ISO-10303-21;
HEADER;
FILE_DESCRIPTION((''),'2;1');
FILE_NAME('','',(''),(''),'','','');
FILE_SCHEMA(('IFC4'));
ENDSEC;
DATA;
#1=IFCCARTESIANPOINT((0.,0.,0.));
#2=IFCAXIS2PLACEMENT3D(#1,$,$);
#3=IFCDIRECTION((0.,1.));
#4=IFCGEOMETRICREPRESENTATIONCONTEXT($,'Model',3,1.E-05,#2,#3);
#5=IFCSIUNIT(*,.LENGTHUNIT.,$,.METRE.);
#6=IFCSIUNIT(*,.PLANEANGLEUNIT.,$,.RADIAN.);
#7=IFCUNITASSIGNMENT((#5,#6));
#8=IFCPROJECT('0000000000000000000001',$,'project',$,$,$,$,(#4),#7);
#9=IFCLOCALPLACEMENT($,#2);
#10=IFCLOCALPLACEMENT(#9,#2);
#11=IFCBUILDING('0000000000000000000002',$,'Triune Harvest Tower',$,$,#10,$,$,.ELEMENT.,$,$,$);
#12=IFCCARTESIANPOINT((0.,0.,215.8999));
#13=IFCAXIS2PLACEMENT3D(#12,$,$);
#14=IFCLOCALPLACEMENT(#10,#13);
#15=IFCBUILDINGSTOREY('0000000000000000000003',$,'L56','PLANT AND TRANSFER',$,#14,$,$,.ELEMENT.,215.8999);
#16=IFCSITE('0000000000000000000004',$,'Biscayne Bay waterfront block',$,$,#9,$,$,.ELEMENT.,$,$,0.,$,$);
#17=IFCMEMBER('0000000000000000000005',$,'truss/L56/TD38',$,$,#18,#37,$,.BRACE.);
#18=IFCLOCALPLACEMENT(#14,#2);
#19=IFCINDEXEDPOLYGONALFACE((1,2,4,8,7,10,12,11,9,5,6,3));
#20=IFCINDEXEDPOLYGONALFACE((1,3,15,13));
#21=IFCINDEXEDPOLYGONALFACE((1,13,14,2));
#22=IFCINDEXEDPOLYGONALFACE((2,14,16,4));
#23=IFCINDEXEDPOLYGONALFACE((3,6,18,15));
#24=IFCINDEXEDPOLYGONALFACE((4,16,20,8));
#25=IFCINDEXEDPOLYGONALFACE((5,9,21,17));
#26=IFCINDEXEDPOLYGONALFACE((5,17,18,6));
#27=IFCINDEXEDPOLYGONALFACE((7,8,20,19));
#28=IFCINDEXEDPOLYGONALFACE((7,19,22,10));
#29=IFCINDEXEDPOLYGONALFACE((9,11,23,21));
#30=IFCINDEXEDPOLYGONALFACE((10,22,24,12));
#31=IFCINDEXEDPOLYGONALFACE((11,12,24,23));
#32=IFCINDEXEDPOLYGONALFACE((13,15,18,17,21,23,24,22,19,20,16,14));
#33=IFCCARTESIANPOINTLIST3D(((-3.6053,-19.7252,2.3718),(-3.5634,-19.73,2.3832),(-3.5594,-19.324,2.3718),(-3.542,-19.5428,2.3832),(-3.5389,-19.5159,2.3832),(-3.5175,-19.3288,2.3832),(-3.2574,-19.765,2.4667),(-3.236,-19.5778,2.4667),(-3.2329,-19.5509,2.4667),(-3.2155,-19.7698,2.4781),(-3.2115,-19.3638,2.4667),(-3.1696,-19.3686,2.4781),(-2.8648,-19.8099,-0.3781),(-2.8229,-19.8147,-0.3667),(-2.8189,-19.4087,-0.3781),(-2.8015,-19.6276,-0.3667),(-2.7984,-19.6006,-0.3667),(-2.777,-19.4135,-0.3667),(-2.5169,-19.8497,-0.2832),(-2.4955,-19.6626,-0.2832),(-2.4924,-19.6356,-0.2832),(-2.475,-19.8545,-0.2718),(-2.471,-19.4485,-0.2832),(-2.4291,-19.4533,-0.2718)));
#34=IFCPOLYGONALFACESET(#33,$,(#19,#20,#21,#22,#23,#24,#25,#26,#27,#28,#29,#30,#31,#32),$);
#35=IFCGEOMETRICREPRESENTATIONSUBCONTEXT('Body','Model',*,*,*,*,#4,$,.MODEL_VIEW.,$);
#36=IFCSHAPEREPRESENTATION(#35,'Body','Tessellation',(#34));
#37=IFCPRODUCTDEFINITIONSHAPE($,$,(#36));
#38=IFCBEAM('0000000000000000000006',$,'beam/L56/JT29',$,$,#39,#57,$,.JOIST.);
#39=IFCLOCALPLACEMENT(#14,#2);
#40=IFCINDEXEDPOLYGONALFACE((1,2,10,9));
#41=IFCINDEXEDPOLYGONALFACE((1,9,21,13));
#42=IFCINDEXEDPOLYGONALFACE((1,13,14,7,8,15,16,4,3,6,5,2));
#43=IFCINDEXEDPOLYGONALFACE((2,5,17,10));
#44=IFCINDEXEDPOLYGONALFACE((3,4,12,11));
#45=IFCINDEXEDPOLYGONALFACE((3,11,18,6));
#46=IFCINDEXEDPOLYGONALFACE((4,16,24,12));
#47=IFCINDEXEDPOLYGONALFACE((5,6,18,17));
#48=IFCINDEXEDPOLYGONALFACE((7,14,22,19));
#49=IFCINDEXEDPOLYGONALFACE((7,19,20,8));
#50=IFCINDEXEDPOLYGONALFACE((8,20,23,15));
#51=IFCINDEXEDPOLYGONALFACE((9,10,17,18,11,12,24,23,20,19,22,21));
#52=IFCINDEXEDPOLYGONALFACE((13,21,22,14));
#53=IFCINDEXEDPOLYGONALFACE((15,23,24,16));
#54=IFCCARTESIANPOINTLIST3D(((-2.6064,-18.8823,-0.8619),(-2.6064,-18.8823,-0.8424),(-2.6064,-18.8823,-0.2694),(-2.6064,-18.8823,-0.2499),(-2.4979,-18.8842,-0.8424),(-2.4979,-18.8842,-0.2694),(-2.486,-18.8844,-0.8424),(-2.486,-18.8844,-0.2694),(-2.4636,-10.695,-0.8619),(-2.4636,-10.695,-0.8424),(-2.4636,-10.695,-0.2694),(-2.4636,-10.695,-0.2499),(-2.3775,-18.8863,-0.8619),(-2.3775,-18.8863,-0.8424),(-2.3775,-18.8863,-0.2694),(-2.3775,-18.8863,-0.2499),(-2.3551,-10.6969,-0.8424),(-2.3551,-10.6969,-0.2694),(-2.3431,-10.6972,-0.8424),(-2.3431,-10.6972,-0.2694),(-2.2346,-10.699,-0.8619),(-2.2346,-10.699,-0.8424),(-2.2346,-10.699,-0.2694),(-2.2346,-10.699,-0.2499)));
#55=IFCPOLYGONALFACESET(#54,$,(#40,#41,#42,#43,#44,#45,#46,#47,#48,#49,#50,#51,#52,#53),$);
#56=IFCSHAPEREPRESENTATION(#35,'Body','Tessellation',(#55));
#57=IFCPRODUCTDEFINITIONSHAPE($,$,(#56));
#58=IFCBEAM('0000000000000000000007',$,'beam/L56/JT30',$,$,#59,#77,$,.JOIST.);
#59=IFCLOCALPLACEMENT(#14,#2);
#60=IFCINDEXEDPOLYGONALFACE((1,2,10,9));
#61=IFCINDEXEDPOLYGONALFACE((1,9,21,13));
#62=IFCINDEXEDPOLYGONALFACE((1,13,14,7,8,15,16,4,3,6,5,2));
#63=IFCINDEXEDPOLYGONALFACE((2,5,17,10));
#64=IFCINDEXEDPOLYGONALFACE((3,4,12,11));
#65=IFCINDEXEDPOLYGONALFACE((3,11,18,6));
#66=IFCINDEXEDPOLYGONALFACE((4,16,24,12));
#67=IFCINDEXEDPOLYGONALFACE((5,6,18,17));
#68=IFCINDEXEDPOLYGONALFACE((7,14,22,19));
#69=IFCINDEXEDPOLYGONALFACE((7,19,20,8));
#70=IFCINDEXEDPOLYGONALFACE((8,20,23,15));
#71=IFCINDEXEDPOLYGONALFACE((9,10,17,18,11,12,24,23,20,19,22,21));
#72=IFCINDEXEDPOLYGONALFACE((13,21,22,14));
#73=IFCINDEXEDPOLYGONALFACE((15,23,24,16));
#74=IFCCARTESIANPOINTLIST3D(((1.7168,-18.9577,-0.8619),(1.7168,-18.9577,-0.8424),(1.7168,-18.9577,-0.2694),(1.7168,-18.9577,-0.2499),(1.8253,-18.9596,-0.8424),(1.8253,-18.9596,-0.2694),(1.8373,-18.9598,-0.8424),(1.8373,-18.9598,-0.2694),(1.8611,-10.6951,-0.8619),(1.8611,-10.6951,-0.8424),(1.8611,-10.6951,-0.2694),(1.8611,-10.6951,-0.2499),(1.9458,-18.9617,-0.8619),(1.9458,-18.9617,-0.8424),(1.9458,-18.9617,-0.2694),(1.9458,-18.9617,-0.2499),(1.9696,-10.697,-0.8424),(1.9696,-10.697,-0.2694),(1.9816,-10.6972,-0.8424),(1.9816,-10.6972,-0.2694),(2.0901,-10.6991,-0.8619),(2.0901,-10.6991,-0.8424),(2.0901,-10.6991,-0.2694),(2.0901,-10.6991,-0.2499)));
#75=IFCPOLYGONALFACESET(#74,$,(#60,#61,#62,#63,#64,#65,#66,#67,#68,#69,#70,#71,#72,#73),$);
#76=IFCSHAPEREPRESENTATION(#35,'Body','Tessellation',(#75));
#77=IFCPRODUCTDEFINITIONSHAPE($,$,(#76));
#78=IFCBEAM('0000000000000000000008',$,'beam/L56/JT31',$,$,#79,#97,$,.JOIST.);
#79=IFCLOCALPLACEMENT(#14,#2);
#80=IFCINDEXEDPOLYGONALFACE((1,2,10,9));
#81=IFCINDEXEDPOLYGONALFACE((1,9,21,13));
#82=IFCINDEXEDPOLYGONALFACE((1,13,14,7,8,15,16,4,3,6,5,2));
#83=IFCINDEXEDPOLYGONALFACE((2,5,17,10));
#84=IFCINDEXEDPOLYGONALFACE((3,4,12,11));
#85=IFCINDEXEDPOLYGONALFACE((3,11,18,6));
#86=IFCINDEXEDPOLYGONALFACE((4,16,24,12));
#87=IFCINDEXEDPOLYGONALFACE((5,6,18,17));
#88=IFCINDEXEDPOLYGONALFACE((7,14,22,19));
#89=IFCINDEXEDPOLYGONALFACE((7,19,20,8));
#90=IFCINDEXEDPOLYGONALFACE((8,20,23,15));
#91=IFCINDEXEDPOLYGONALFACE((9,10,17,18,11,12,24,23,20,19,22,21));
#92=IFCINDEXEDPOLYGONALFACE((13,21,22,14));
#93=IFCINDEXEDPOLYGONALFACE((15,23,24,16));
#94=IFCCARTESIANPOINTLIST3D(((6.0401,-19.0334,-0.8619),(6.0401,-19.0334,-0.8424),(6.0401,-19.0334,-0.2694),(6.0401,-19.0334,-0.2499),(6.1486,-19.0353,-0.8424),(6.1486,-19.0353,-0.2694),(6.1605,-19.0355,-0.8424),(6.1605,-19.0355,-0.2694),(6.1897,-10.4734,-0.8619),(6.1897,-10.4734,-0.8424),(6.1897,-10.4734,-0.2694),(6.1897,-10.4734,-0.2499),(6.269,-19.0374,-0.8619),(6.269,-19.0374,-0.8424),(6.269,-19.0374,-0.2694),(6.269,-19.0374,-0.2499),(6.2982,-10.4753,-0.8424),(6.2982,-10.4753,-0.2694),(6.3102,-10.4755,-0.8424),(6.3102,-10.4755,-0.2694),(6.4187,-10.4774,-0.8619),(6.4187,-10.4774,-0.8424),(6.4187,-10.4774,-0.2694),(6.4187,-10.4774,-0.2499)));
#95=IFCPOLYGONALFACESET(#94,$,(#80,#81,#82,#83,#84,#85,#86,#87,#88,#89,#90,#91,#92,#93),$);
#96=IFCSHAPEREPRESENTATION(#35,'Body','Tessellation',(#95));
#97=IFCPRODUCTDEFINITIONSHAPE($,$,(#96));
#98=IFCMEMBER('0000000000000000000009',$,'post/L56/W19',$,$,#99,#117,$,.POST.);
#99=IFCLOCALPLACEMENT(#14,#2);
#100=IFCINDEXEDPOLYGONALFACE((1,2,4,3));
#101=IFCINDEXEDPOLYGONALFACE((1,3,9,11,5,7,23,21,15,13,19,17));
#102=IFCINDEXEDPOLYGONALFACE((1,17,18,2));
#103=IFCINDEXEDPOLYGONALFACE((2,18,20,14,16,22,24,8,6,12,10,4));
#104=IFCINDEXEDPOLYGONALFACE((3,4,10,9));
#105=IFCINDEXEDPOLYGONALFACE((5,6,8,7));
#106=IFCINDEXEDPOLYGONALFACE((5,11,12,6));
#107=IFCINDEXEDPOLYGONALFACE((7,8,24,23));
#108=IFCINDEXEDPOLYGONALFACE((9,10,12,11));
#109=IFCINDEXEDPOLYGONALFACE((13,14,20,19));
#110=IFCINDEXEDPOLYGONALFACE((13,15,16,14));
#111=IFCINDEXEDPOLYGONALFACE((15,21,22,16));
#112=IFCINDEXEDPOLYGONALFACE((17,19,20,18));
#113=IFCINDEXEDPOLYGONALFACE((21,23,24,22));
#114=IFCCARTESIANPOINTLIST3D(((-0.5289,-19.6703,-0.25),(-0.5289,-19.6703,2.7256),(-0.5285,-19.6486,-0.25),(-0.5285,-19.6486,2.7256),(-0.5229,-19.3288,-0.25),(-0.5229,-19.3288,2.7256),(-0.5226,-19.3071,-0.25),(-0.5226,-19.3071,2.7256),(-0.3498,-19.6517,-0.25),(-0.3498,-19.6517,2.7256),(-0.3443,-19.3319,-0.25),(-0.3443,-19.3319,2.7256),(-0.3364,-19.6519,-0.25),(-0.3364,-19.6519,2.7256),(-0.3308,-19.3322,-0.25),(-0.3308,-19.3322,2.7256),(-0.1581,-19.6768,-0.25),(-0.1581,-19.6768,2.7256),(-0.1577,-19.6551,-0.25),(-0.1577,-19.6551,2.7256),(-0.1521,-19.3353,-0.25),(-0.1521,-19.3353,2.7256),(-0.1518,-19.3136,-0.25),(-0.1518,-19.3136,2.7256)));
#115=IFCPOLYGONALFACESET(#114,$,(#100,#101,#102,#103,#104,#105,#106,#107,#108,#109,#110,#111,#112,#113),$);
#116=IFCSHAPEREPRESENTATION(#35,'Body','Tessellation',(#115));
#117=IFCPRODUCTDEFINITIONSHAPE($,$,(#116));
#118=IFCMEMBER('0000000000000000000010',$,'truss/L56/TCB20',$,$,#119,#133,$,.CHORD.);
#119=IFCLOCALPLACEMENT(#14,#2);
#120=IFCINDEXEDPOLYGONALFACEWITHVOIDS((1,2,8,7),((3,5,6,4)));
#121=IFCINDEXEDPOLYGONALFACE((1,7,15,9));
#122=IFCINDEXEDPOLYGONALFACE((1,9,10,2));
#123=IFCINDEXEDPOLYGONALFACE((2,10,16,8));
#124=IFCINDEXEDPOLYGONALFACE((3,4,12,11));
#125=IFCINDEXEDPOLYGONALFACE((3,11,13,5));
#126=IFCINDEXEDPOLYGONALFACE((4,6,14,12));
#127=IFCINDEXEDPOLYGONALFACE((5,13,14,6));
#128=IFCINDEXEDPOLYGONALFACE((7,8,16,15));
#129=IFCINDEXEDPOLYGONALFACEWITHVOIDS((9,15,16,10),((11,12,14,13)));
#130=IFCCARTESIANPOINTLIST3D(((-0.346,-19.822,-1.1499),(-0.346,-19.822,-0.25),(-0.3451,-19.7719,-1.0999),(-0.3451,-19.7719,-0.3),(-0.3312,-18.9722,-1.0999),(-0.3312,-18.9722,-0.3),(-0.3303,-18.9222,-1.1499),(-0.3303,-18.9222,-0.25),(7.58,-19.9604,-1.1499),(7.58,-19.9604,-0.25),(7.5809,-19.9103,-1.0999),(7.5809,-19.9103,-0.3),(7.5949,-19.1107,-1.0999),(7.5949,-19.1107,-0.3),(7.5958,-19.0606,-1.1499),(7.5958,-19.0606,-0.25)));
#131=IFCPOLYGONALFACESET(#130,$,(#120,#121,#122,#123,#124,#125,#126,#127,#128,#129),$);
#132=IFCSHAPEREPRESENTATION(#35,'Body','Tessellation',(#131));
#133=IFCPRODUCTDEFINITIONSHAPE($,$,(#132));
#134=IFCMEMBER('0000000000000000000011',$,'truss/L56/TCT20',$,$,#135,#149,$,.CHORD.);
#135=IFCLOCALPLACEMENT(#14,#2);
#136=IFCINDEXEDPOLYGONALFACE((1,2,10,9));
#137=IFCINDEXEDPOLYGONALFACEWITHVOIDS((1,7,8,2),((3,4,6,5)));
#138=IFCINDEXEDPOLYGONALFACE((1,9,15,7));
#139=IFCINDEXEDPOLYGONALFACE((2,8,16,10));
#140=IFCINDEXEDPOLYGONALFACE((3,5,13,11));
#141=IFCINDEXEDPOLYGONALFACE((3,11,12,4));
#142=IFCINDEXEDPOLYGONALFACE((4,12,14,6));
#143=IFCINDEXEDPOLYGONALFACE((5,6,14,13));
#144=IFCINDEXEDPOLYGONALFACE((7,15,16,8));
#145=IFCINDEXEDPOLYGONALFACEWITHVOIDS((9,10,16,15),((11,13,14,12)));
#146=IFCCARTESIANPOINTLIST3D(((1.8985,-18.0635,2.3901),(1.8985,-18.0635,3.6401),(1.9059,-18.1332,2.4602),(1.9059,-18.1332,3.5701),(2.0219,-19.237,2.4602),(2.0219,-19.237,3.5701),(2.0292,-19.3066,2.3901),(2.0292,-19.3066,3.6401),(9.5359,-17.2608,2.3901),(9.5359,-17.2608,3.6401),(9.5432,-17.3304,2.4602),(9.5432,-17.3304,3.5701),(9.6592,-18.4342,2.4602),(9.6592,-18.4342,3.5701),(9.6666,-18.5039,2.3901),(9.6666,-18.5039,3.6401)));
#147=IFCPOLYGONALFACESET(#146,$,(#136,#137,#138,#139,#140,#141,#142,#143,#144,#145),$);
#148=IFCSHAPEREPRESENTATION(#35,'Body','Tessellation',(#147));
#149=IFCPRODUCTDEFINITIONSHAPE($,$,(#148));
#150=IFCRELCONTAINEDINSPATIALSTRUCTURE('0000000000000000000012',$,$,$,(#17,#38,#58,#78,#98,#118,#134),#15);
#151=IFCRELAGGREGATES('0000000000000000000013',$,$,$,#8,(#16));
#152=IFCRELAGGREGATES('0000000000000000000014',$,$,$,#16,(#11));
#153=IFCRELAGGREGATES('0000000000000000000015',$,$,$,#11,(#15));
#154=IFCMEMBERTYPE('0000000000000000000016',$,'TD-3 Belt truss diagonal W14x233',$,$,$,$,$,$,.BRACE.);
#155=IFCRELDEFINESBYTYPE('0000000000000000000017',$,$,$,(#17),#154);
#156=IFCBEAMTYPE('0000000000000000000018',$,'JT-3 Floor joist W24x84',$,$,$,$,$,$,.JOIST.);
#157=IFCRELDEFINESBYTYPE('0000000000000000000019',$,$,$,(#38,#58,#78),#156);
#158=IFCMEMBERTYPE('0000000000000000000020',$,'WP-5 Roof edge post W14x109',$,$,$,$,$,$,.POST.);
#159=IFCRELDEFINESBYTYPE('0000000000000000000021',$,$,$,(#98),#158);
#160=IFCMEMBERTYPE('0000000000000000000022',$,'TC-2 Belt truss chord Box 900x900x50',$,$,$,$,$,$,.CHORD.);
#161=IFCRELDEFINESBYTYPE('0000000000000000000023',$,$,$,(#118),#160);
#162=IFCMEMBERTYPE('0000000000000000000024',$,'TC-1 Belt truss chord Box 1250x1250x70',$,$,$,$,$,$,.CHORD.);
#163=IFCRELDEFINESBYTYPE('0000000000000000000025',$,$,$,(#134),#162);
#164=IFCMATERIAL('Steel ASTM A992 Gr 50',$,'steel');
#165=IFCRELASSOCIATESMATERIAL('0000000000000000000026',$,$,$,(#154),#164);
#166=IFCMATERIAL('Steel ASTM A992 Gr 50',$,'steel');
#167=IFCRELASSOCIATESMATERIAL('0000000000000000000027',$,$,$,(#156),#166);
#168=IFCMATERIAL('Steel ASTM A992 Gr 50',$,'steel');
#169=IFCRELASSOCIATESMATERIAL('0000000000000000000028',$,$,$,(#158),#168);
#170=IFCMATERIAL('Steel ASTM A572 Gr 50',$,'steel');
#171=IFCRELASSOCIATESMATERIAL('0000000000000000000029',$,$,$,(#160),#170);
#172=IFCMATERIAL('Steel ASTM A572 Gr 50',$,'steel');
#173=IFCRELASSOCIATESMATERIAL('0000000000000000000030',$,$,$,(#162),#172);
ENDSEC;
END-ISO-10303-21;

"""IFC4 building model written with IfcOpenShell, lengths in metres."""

from ifc_helpers import new_model, si_unit, direction, frame, origin, origin_2d, place, context, subcontext, project, spatial, hollow_rectangle, i_section, extrude, source, transform, mapped, material, material_profile, profile_set, type_object, element, save


model = new_model("IFC4")

# Units and contexts
model_context = context("Model", 3, precision=1e-05, world=origin(), true_north=direction((0.0, 1.0)))
body_context = subcontext(model_context, "Body", "Model", "MODEL_VIEW")
ifc_project = project(units=[si_unit("LENGTHUNIT", "METRE"), si_unit("PLANEANGLEUNIT", "RADIAN")], contexts=[model_context])

# Site, building, storey
site_placement = place(None, origin())
site = spatial("IfcSite", under=ifc_project, at=site_placement, Name="Biscayne Bay waterfront block", CompositionType="ELEMENT", RefElevation=0.0)
building_placement = place(site_placement, origin())
building = spatial("IfcBuilding", under=site, at=building_placement, Name="Triune Harvest Tower", CompositionType="ELEMENT")
storey_placement = place(building_placement, frame((0.0, 0.0, 215.8999)))
storey = spatial("IfcBuildingStorey", under=building, at=storey_placement, Name="L56", Description="PLANT AND TRANSFER", CompositionType="ELEMENT", Elevation=215.8999)

# Member
ifc_material_1 = material(Name="Steel ASTM A992 Gr 50", Category="steel")
ifc_material_profile_1 = material_profile(ifc_material_1, i_section(OverallWidth=0.4038, OverallDepth=0.4065, WebThickness=0.0271, FlangeThickness=0.0437, at=origin_2d()), Name="W14x233")
ifc_profile_set_1 = profile_set([ifc_material_profile_1], Name="Steel ASTM A992 Gr 50")
member_type_1 = type_object("IfcMemberType", Name="TD-3 Belt truss diagonal W14x233", PredefinedType="BRACE", material=ifc_profile_set_1)
member_1_placement = place(storey_placement, frame((-2.647, -19.6316, -0.325), z_axis=(-0.259889, 0.029733, 0.965181), x_axis=(-0.113667, -0.993519, 0.0)))
element("IfcMember", 1, at=member_1_placement, inside=storey, type_object=member_type_1, Name="truss/L56/TD38", PredefinedType="BRACE", context=body_context, shape_type="SweptSolid", body=[
    extrude(i_section(OverallWidth=0.4038, OverallDepth=0.4065, WebThickness=0.0271, FlangeThickness=0.0437, at=origin_2d()), origin(), (0.0, 0.0, 1.0), 2.8491),
])

# Beams
ifc_material_2 = material(Name="Steel ASTM A992 Gr 50", Category="steel")
ifc_material_profile_2 = material_profile(ifc_material_2, i_section(OverallWidth=0.229, OverallDepth=0.6121, WebThickness=0.012, FlangeThickness=0.0195, at=origin_2d()), Name="W24x84")
ifc_profile_set_2 = profile_set([ifc_material_profile_2], Name="Steel ASTM A992 Gr 50")
beam_type = type_object("IfcBeamType", Name="JT-3 Floor joist W24x84", PredefinedType="JOIST", material=ifc_profile_set_2)
shared_shape_1 = source(origin(), body_context, "Body", "SweptSolid", [
    extrude(i_section(OverallWidth=0.229, OverallDepth=0.6121, WebThickness=0.012, FlangeThickness=0.0195, at=origin_2d()), origin(), (0.0, 0.0, 1.0), 8.1885),
])
beam_1_placement = place(storey_placement, frame((-2.4919, -18.8843, -0.5559), z_axis=(0.017442, 0.999848, 0.0), x_axis=(-0.999848, 0.017442, 0.0)))
element("IfcBeam", 2, at=beam_1_placement, inside=storey, type_object=beam_type, Name="beam/L56/JT29", PredefinedType="JOIST", context=body_context, shape_type="MappedRepresentation", body=[
    mapped(shared_shape_1, transform((0.0, 0.0, 0.0), scale=1.0)),
])
shared_shape_2 = source(origin(), body_context, "Body", "SweptSolid", [
    extrude(i_section(OverallWidth=0.229, OverallDepth=0.6121, WebThickness=0.012, FlangeThickness=0.0195, at=origin_2d()), origin(), (0.0, 0.0, 1.0), 8.2639),
])
beam_2_placement = place(storey_placement, frame((1.8313, -18.9597, -0.5559), z_axis=(0.01746, 0.999848, 0.0), x_axis=(-0.999848, 0.01746, 0.0)))
element("IfcBeam", 3, at=beam_2_placement, inside=storey, type_object=beam_type, Name="beam/L56/JT30", PredefinedType="JOIST", context=body_context, shape_type="MappedRepresentation", body=[
    mapped(shared_shape_2, transform((0.0, 0.0, 0.0), scale=1.0)),
])
shared_shape_3 = source(origin(), body_context, "Body", "SweptSolid", [
    extrude(i_section(OverallWidth=0.229, OverallDepth=0.6121, WebThickness=0.012, FlangeThickness=0.0195, at=origin_2d()), origin(), (0.0, 0.0, 1.0), 8.5613),
])
beam_3_placement = place(storey_placement, frame((6.1545, -19.0354, -0.5559), z_axis=(0.017481, 0.999847, 0.0), x_axis=(-0.999847, 0.017481, 0.0)))
element("IfcBeam", 4, at=beam_3_placement, inside=storey, type_object=beam_type, Name="beam/L56/JT31", PredefinedType="JOIST", context=body_context, shape_type="MappedRepresentation", body=[
    mapped(shared_shape_3, transform((0.0, 0.0, 0.0), scale=1.0)),
])

# Members
ifc_material_3 = material(Name="Steel ASTM A992 Gr 50", Category="steel")
ifc_material_profile_3 = material_profile(ifc_material_3, i_section(OverallWidth=0.3708, OverallDepth=0.3633, WebThickness=0.0134, FlangeThickness=0.0217, at=origin_2d()), Name="W14x109")
ifc_profile_set_3 = profile_set([ifc_material_profile_3], Name="Steel ASTM A992 Gr 50")
member_type_2 = type_object("IfcMemberType", Name="WP-5 Roof edge post W14x109", PredefinedType="POST", material=ifc_profile_set_3)
shared_shape_4 = source(origin(), body_context, "Body", "SweptSolid", [
    extrude(i_section(OverallWidth=0.3708, OverallDepth=0.3633, WebThickness=0.0134, FlangeThickness=0.0217, at=origin_2d()), origin(), (0.0, 0.0, 1.0), 2.9756),
])
member_2_placement = place(storey_placement, frame((-0.3403, -19.4919, -0.25), z_axis=(0.0, 0.0, 1.0), x_axis=(0.999848, -0.017452, 0.0)))
element("IfcMember", 5, at=member_2_placement, inside=storey, type_object=member_type_2, Name="post/L56/W19", PredefinedType="POST", context=body_context, shape_type="MappedRepresentation", body=[
    mapped(shared_shape_4, transform((0.0, 0.0, 0.0), scale=1.0)),
])
ifc_material_4 = material(Name="Steel ASTM A572 Gr 50", Category="steel")
ifc_material_profile_4 = material_profile(ifc_material_4, hollow_rectangle(XDim=0.8999, YDim=0.8999, WallThickness=0.05, at=origin_2d()), Name="Box 900x900x50")
ifc_profile_set_4 = profile_set([ifc_material_profile_4], Name="Steel ASTM A572 Gr 50")
member_type_3 = type_object("IfcMemberType", Name="TC-2 Belt truss chord Box 900x900x50", PredefinedType="CHORD", material=ifc_profile_set_4)
shared_shape_5 = source(origin(), body_context, "Body", "SweptSolid", [
    extrude(hollow_rectangle(XDim=0.8999, YDim=0.8999, WallThickness=0.05, at=origin_2d()), origin(), (0.0, 0.0, 1.0), 7.9272),
])
member_3_placement = place(storey_placement, frame((-0.3381, -19.3721, -0.7), z_axis=(0.999848, -0.017462, 0.0), x_axis=(0.017462, 0.999848, 0.0)))
element("IfcMember", 6, at=member_3_placement, inside=storey, type_object=member_type_3, Name="truss/L56/TCB20", PredefinedType="CHORD", context=body_context, shape_type="MappedRepresentation", body=[
    mapped(shared_shape_5, transform((0.0, 0.0, 0.0), scale=1.0)),
])
ifc_material_5 = material(Name="Steel ASTM A572 Gr 50", Category="steel")
ifc_material_profile_5 = material_profile(ifc_material_5, hollow_rectangle(XDim=1.25, YDim=1.25, WallThickness=0.0701, at=origin_2d()), Name="Box 1250x1250x70")
ifc_profile_set_5 = profile_set([ifc_material_profile_5], Name="Steel ASTM A572 Gr 50")
member_type_4 = type_object("IfcMemberType", Name="TC-1 Belt truss chord Box 1250x1250x70", PredefinedType="CHORD", material=ifc_profile_set_5)
shared_shape_6 = source(origin(), body_context, "Body", "SweptSolid", [
    extrude(hollow_rectangle(XDim=1.25, YDim=1.25, WallThickness=0.0701, at=origin_2d()), origin(), (0.0, 0.0, 1.0), 7.6794),
])
member_4_placement = place(storey_placement, frame((1.9639, -18.6851, 3.0151), z_axis=(0.994522, 0.104529, 0.0), x_axis=(-0.104529, 0.994522, 0.0)))
element("IfcMember", 7, at=member_4_placement, inside=storey, type_object=member_type_4, Name="truss/L56/TCT20", PredefinedType="CHORD", context=body_context, shape_type="MappedRepresentation", body=[
    mapped(shared_shape_6, transform((0.0, 0.0, 0.0), scale=1.0)),
])

save(model, "model.ifc")
